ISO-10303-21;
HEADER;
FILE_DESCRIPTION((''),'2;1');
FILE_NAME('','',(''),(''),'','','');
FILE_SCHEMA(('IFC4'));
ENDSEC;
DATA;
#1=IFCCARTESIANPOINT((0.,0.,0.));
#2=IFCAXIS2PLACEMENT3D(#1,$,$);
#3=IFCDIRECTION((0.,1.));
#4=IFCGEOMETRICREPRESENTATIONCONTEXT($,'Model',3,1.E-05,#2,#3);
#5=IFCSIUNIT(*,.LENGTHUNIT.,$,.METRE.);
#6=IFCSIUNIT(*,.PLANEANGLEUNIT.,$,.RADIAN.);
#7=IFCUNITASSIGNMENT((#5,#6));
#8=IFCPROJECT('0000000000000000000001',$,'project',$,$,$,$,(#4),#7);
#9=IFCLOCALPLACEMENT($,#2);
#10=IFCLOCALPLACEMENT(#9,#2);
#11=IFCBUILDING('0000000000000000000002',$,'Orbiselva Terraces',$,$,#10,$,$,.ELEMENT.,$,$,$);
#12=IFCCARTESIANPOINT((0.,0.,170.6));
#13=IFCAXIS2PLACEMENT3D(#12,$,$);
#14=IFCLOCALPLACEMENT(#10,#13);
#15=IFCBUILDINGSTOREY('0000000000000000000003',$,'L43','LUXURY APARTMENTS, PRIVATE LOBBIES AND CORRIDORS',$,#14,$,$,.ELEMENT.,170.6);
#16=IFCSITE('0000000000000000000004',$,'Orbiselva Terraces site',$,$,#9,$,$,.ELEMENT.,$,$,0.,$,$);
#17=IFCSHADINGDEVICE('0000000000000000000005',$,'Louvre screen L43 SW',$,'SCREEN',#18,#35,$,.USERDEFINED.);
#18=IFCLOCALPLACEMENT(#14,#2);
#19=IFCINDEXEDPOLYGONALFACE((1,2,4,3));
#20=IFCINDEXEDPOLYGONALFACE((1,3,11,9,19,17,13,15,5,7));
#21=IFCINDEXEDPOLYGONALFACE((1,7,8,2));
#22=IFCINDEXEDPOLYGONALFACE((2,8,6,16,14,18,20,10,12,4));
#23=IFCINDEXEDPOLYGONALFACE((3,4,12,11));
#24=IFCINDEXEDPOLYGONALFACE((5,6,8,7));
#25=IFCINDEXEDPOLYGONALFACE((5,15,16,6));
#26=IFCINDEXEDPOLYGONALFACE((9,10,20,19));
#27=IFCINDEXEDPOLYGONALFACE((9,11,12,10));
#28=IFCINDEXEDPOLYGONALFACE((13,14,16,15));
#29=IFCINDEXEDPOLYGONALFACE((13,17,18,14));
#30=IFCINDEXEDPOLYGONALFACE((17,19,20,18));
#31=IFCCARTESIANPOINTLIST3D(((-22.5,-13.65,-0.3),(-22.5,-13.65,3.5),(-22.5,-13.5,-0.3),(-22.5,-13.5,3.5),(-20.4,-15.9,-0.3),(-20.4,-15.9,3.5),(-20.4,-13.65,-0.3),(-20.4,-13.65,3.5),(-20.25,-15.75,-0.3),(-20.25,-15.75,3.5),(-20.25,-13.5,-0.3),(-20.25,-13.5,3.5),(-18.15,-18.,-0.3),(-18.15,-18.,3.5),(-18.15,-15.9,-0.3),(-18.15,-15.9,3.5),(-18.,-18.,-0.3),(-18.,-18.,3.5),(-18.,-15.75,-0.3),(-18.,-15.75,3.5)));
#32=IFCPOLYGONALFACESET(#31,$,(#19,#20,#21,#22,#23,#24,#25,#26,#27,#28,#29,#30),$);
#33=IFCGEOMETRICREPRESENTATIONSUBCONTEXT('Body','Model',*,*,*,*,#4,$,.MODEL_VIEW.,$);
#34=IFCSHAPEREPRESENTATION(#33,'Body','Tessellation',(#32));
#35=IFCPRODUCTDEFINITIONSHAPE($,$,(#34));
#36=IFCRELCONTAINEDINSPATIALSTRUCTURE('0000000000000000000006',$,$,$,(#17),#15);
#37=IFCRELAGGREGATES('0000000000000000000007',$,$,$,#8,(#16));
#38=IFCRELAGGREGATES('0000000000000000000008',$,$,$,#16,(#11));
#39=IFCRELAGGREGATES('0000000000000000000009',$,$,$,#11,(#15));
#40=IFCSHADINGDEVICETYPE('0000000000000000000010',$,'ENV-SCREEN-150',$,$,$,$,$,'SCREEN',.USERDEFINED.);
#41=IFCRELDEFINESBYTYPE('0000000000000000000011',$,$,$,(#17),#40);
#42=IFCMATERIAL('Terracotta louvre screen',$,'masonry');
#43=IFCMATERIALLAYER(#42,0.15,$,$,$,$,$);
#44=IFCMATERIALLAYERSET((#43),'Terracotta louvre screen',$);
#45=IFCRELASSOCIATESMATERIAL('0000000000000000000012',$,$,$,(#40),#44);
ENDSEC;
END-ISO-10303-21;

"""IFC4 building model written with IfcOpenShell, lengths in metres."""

from ifc_helpers import new_model, si_unit, direction, frame, origin, place, context, subcontext, project, spatial, polyline, outline, extrude, material, layer, layer_set, type_object, element, save


model = new_model("IFC4")

# Units and contexts
model_context = context("Model", 3, precision=1e-05, world=origin(), true_north=direction((0.0, 1.0)))
body_context = subcontext(model_context, "Body", "Model", "MODEL_VIEW")
ifc_project = project(units=[si_unit("LENGTHUNIT", "METRE"), si_unit("PLANEANGLEUNIT", "RADIAN")], contexts=[model_context])

# Site, building, storey
site_placement = place(None, origin())
site = spatial("IfcSite", under=ifc_project, at=site_placement, Name="Orbiselva Terraces site", CompositionType="ELEMENT", RefElevation=0.0)
building_placement = place(site_placement, origin())
building = spatial("IfcBuilding", under=site, at=building_placement, Name="Orbiselva Terraces", CompositionType="ELEMENT")
storey_placement = place(building_placement, frame((0.0, 0.0, 170.6)))
storey = spatial("IfcBuildingStorey", under=building, at=storey_placement, Name="L43", Description="LUXURY APARTMENTS, PRIVATE LOBBIES AND CORRIDORS", CompositionType="ELEMENT", Elevation=170.6)

# Shading device
ifc_material_1 = material(Name="Terracotta louvre screen", Category="masonry")
ifc_layer_1 = layer(ifc_material_1, 0.15)
ifc_layer_set_1 = layer_set([ifc_layer_1], Name="Terracotta louvre screen")
shading_device_type = type_object("IfcShadingDeviceType", Name="ENV-SCREEN-150", ElementType="SCREEN", PredefinedType="USERDEFINED", material=ifc_layer_set_1)
shading_device_placement = place(storey_placement, frame((0.0, 0.0, -0.3)))
element("IfcShadingDevice", 1, at=shading_device_placement, inside=storey, type_object=shading_device_type, Name="Louvre screen L43 SW", ObjectType="SCREEN", PredefinedType="USERDEFINED", context=body_context, shape_type="SweptSolid", body=[
    extrude(outline(polyline([(-22.5, -13.65), (-20.4, -13.65), (-20.4, -15.9), (-18.15, -15.9), (-18.15, -18.0), (-18.0, -18.0), (-18.0, -15.75), (-20.25, -15.75), (-20.25, -13.5), (-22.5, -13.5), (-22.5, -13.65)])), origin(), (0.0, 0.0, 1.0), 3.8),
])

save(model, "model.ifc")
